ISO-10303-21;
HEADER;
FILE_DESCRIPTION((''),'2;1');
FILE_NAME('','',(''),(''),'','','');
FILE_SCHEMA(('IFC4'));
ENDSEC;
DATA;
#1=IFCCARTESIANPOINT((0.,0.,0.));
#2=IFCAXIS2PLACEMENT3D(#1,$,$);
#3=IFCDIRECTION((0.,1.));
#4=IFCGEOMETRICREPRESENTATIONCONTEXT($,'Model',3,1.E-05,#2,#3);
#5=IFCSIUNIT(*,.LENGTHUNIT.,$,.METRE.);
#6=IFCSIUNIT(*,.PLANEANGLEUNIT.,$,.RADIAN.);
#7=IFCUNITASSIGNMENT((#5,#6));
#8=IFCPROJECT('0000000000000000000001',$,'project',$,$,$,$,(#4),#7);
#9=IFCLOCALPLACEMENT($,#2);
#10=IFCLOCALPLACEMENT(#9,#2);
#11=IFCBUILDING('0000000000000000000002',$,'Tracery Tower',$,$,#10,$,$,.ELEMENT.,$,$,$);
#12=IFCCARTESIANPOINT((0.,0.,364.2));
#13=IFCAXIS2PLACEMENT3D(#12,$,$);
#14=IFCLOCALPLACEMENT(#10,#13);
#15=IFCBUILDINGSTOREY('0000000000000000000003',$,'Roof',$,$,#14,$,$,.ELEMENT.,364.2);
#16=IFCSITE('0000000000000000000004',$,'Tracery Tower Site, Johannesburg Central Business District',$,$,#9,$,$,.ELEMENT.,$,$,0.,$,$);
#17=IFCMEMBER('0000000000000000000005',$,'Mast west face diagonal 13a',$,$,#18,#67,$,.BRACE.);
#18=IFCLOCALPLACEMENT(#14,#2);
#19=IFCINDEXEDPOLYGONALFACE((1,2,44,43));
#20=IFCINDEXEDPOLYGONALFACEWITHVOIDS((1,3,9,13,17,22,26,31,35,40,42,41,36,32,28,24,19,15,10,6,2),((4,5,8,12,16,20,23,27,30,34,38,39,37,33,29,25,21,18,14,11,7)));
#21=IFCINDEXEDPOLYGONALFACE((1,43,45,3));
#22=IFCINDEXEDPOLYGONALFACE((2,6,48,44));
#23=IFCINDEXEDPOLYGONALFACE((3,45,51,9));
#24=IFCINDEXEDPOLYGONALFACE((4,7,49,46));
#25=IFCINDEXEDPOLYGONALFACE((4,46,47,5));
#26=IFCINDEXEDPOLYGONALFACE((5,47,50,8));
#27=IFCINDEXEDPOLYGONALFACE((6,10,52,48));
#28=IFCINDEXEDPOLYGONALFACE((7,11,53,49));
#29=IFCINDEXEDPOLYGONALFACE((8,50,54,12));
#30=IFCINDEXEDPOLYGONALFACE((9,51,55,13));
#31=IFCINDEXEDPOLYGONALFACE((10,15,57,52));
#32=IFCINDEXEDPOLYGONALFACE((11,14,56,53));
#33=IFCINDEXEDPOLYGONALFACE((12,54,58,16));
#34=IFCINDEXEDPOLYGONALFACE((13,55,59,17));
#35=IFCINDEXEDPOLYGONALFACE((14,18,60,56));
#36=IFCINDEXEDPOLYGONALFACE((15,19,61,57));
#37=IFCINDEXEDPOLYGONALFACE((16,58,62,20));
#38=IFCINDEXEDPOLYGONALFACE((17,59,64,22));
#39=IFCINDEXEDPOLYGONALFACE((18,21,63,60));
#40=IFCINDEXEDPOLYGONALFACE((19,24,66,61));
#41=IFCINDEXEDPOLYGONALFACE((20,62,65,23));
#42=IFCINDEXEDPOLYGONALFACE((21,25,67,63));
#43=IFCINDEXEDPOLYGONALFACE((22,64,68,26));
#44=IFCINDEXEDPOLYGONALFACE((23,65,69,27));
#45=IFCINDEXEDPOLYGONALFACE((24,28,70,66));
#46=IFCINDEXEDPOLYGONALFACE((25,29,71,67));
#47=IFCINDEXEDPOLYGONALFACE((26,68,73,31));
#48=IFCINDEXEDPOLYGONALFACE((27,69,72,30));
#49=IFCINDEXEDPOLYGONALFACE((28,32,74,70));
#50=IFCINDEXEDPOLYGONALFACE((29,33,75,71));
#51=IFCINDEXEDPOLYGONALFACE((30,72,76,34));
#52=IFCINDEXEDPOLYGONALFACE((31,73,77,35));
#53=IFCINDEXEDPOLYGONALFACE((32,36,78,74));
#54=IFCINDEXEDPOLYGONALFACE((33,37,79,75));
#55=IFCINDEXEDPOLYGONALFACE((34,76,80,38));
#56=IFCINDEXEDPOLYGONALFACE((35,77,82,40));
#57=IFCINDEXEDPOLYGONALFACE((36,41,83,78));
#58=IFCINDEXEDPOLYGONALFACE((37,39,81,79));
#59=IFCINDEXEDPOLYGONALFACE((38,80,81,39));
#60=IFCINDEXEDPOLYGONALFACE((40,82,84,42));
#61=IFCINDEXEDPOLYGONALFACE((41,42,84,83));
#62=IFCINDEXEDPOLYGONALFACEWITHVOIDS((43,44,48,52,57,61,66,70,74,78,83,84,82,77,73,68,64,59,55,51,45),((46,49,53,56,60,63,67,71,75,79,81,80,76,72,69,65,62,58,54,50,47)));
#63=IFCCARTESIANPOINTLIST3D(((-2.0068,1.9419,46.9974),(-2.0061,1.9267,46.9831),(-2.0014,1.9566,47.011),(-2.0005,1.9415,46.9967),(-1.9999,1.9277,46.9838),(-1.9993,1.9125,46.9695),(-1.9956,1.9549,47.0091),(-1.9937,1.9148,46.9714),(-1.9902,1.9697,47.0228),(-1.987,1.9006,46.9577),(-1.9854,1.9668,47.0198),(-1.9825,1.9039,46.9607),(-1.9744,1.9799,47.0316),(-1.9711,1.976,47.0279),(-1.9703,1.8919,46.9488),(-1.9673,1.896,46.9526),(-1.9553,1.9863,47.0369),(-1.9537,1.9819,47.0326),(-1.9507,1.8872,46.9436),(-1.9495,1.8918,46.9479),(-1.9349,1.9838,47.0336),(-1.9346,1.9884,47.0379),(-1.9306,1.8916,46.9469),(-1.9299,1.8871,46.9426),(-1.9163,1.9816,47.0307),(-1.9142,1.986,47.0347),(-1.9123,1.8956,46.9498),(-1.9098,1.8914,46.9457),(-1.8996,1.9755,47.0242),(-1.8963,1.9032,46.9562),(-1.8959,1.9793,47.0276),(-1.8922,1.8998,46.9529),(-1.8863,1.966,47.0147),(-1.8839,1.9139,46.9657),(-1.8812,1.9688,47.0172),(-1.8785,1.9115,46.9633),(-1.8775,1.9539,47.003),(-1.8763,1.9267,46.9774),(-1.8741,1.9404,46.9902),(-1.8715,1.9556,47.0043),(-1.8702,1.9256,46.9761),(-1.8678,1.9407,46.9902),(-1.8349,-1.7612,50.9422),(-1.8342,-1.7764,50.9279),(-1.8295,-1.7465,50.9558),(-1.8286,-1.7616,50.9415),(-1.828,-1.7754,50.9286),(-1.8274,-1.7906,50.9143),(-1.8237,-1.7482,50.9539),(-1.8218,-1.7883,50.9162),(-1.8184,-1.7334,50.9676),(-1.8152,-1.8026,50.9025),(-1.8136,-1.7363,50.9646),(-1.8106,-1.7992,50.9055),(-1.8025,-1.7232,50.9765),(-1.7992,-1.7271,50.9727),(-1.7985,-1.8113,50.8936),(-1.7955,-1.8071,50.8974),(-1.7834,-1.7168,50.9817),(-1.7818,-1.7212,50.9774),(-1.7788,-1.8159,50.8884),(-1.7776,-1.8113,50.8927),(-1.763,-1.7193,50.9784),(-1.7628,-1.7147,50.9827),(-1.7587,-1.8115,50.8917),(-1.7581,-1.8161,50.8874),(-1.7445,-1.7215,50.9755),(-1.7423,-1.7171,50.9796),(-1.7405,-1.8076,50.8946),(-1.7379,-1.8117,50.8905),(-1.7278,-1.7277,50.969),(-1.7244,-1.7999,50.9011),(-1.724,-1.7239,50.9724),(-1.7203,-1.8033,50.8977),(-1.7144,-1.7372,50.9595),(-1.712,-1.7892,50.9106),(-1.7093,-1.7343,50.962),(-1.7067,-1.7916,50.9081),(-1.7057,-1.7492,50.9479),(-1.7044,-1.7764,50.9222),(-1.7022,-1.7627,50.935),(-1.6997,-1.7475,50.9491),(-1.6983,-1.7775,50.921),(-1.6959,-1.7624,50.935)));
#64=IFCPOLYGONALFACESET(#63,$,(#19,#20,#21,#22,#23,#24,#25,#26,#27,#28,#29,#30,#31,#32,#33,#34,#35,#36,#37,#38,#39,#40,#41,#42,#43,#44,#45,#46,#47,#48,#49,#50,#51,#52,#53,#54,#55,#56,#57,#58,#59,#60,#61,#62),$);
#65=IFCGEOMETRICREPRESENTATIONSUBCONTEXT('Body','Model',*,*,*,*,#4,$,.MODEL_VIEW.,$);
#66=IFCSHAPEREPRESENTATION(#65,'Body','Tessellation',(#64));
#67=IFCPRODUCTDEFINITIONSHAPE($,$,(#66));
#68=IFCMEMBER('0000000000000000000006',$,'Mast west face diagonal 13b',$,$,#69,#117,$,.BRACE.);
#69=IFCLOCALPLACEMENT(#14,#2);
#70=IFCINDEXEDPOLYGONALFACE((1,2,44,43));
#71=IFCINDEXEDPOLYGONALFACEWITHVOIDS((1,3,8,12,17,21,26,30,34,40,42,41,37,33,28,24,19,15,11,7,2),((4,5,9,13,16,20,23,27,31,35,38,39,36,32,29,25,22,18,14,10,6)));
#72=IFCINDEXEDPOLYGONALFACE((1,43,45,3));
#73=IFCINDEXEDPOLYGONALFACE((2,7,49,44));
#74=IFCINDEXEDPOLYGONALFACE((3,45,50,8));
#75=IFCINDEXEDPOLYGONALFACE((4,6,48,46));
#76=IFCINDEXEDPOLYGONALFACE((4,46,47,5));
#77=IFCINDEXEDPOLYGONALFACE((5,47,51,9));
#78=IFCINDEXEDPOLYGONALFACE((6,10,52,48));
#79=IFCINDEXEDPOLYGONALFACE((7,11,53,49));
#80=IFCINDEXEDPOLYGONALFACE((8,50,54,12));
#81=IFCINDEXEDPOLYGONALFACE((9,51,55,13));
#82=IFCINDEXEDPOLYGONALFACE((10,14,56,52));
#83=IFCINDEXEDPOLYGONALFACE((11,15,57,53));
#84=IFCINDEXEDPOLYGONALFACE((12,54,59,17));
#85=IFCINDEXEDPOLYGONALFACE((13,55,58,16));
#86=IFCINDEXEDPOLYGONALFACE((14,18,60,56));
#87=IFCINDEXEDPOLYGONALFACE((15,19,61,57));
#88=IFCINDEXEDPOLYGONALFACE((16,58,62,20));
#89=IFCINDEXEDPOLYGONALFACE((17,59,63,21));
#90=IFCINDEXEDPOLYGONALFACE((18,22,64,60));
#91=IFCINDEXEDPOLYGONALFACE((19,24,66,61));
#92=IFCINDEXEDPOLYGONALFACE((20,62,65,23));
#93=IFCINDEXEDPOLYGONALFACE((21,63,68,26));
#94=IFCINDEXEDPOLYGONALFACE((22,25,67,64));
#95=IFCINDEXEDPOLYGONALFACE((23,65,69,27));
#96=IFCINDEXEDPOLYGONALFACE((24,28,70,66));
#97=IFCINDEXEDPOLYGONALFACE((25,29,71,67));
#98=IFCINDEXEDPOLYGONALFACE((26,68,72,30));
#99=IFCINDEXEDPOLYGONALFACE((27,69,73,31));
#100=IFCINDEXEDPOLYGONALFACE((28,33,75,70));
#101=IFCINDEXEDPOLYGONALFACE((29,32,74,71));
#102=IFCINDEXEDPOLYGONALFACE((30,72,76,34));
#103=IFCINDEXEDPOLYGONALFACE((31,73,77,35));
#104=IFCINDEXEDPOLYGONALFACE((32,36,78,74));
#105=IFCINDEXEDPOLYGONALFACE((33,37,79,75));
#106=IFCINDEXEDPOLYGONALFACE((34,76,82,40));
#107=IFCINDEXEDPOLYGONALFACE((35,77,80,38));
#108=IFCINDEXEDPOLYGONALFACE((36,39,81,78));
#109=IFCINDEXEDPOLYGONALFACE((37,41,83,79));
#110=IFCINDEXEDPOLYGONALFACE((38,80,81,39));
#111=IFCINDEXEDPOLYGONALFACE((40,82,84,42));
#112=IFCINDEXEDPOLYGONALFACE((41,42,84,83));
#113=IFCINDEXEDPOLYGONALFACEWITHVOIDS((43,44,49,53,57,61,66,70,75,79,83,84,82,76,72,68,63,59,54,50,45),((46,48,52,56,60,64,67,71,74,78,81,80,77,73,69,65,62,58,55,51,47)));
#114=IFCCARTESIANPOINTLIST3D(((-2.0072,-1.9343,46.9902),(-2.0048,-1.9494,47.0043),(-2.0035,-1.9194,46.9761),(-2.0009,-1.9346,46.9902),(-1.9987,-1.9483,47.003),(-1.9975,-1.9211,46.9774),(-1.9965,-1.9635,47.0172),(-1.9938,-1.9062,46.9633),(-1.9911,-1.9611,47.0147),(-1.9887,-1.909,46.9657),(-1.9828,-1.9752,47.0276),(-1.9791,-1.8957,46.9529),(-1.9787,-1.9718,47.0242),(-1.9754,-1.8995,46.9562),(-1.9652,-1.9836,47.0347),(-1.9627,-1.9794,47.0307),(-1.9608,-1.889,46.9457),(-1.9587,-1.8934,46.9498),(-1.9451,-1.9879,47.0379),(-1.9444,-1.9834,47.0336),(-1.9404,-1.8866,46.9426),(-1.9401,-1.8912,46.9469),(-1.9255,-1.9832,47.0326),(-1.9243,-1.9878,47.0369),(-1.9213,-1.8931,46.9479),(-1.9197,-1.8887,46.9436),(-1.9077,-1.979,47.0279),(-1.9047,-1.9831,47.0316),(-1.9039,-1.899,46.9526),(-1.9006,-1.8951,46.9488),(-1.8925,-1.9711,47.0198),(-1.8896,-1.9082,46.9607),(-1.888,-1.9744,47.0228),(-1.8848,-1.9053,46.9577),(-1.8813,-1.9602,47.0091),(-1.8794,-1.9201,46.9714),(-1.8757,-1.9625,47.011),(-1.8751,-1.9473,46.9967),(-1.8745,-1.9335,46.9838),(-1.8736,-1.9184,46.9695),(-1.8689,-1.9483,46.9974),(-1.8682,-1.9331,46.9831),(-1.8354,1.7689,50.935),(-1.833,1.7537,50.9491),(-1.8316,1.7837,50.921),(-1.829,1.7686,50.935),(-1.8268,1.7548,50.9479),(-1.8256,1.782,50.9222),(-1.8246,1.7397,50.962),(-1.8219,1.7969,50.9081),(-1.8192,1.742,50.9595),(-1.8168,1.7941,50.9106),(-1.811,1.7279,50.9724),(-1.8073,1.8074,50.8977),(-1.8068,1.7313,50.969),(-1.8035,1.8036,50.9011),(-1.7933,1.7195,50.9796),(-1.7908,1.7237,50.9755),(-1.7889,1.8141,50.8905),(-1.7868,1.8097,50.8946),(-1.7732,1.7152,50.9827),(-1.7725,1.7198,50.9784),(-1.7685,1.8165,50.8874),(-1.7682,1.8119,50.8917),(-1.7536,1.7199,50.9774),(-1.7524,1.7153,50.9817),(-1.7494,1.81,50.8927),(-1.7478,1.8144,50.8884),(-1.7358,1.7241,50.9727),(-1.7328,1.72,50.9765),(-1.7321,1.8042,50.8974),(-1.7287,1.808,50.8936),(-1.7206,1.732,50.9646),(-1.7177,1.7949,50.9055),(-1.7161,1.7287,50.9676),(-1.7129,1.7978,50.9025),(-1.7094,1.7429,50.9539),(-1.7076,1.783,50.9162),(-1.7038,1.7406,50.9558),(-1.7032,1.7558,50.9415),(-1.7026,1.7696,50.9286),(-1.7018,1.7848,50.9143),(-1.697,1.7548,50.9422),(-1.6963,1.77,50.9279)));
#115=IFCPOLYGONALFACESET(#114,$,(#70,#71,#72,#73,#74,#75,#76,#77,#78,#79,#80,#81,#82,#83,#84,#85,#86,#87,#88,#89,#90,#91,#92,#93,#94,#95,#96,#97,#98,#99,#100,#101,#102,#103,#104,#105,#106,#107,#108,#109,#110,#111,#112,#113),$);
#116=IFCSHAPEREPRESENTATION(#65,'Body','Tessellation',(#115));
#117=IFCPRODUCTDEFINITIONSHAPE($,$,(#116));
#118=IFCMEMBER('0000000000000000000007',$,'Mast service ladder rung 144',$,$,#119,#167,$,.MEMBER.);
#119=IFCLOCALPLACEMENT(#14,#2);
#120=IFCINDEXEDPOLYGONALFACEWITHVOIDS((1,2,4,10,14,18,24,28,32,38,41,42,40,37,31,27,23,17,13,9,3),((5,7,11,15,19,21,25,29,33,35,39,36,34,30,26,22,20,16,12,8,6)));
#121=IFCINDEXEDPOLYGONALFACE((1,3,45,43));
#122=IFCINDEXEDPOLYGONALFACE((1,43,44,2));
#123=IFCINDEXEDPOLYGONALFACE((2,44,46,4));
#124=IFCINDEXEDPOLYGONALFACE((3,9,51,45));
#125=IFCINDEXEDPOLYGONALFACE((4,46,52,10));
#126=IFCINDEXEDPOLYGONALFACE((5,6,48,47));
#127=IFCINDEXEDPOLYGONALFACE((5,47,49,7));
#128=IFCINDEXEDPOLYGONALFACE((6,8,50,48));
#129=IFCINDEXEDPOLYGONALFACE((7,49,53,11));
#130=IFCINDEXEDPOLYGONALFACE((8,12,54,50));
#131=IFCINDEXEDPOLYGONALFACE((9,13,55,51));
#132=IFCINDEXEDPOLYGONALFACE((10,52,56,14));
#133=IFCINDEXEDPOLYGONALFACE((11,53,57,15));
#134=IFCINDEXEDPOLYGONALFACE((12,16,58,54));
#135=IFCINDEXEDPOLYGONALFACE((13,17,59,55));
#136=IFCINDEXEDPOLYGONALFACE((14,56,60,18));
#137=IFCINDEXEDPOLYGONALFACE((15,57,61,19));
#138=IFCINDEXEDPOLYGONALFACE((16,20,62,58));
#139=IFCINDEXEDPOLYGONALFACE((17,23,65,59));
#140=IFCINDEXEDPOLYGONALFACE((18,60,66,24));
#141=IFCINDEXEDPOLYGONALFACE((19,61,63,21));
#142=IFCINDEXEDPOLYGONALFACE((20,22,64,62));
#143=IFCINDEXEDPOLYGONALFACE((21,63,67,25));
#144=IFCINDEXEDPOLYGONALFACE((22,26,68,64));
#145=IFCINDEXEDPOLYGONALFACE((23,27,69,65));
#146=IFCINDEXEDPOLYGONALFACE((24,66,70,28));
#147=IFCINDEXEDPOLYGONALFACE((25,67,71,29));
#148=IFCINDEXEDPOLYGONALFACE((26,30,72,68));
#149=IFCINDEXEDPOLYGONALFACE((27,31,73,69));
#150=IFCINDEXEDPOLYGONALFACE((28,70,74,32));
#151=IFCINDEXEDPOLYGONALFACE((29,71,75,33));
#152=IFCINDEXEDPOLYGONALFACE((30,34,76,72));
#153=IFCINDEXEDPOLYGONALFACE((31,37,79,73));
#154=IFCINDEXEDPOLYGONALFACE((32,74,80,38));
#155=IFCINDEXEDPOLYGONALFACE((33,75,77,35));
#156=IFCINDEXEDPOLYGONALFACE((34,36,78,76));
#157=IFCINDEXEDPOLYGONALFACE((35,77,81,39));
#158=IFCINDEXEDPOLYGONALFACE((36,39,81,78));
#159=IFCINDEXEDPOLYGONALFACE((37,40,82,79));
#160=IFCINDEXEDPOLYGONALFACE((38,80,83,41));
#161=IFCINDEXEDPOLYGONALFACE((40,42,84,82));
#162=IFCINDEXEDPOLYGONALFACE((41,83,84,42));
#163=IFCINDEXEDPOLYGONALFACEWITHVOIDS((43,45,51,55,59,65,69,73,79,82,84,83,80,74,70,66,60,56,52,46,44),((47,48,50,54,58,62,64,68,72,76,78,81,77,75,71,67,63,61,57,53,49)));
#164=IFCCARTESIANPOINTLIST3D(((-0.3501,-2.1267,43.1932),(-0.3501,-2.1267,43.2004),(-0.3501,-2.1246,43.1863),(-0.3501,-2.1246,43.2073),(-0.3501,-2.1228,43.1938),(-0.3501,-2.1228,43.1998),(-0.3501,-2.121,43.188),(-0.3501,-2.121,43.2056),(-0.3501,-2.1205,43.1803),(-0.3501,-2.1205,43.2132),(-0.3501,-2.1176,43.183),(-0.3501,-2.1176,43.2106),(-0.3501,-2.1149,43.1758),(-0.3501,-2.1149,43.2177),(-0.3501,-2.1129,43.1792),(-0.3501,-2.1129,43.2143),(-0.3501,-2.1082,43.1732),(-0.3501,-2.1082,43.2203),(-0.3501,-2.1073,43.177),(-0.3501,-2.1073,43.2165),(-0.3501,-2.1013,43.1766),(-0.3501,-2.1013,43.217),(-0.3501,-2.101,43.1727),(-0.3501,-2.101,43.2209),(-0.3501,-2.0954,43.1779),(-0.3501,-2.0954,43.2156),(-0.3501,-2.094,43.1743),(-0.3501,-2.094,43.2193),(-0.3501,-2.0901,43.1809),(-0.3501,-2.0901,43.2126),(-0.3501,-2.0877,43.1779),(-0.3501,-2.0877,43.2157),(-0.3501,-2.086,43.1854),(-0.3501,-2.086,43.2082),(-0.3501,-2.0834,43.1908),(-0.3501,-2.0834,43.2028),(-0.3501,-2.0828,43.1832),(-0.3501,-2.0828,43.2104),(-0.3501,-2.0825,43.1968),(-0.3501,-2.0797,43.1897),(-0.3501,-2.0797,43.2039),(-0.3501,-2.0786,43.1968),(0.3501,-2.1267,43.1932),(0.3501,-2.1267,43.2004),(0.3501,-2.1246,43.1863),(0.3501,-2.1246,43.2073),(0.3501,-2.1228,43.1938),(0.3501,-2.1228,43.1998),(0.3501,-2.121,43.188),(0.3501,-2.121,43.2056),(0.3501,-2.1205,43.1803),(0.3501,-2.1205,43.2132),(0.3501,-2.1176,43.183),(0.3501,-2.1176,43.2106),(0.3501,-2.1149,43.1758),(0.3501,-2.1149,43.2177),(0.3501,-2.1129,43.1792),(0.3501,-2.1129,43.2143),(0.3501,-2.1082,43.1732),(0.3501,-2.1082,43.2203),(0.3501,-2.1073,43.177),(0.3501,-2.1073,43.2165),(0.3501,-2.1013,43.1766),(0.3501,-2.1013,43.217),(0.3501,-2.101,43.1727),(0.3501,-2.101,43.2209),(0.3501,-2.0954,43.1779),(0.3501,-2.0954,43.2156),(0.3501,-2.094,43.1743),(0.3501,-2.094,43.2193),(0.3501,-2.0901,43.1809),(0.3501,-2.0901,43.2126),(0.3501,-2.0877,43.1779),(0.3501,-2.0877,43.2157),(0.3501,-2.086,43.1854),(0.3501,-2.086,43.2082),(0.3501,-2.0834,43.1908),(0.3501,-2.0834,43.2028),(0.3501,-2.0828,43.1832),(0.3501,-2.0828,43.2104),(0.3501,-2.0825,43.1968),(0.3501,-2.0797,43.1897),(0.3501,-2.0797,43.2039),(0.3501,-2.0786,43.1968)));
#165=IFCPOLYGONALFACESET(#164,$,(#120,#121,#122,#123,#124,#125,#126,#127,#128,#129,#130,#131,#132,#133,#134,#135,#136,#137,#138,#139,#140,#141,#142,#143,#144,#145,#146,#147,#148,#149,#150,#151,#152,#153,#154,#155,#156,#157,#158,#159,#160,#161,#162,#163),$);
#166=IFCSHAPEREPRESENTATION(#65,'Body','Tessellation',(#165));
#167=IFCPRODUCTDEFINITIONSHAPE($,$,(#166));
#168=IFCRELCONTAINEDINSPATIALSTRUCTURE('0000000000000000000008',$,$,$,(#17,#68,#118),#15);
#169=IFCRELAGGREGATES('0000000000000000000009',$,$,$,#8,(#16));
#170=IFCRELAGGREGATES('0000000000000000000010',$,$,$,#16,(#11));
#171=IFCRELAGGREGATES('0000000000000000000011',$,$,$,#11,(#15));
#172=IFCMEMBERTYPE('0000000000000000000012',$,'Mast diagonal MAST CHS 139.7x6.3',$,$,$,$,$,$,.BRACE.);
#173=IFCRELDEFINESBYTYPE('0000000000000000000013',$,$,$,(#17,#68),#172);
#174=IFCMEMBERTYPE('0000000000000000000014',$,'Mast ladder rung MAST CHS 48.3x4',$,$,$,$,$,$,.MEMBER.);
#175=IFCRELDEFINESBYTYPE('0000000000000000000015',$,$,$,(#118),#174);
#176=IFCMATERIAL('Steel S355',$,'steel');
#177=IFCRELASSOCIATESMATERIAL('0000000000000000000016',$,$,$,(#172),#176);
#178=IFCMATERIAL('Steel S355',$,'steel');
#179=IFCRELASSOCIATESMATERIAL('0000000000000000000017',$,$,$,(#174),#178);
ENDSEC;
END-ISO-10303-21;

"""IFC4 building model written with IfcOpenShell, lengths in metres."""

from ifc_helpers import new_model, si_unit, direction, frame, origin, origin_2d, place, context, subcontext, project, spatial, hollow_circle, extrude, material, material_profile, profile_set, type_object, element, save


model = new_model("IFC4")

# Units and contexts
model_context = context("Model", 3, precision=1e-05, world=origin(), true_north=direction((0.0, 1.0)))
body_context = subcontext(model_context, "Body", "Model", "MODEL_VIEW")
ifc_project = project(units=[si_unit("LENGTHUNIT", "METRE"), si_unit("PLANEANGLEUNIT", "RADIAN")], contexts=[model_context])

# Site, building, storey
site_placement = place(None, origin())
site = spatial("IfcSite", under=ifc_project, at=site_placement, Name="Tracery Tower Site, Johannesburg Central Business District", CompositionType="ELEMENT", RefElevation=0.0)
building_placement = place(site_placement, origin())
building = spatial("IfcBuilding", under=site, at=building_placement, Name="Tracery Tower", CompositionType="ELEMENT")
storey_placement = place(building_placement, frame((0.0, 0.0, 364.2)))
storey = spatial("IfcBuildingStorey", under=building, at=storey_placement, Name="Roof", CompositionType="ELEMENT", Elevation=364.2)

# Members
ifc_material_1 = material(Name="Steel S355", Category="steel")
ifc_material_profile_1 = material_profile(ifc_material_1, hollow_circle(Radius=0.0698, WallThickness=0.0063, at=origin_2d()), Name="CHS 139.7x6.3")
ifc_profile_set_1 = profile_set([ifc_material_profile_1], Name="Steel S355")
member_type_1 = type_object("IfcMemberType", Name="Mast diagonal MAST CHS 139.7x6.3", PredefinedType="BRACE", material=ifc_profile_set_1)
for number, where, z_axis, x_axis, name in (
    (1, (-1.9375, 1.9375, 46.9902), (0.03175, -0.684073, 0.728722), (0.998925, 0.046364, 0.0), "Mast west face diagonal 13a"),
    (2, (-1.9375, -1.9375, 46.9902), (0.03175, 0.684073, 0.728722), (-0.998925, 0.046364, 0.0), "Mast west face diagonal 13b"),
):
    element("IfcMember", number, at=place(storey_placement, frame(where, z_axis=z_axis, x_axis=x_axis)), inside=storey, type_object=member_type_1, Name=name, PredefinedType="BRACE", context=body_context, shape_type="SweptSolid", body=[
        extrude(hollow_circle(Radius=0.0698, WallThickness=0.0063, at=origin_2d()), origin(), (0.0, 0.0, 1.0), 5.4133),
    ])
ifc_material_2 = material(Name="Steel S355", Category="steel")
ifc_material_profile_2 = material_profile(ifc_material_2, hollow_circle(Radius=0.0242, WallThickness=0.0039, at=origin_2d()), Name="CHS 48.3x4")
ifc_profile_set_2 = profile_set([ifc_material_profile_2], Name="Steel S355")
member_type_2 = type_object("IfcMemberType", Name="Mast ladder rung MAST CHS 48.3x4", PredefinedType="MEMBER", material=ifc_profile_set_2)
for number, where, z_axis, x_axis, name in (
    (3, (-0.3501, -2.1028, 43.1968), (1.0, 0.0, 0.0), (0.0, 1.0, 0.0), "Mast service ladder rung 144"),
):
    element("IfcMember", number, at=place(storey_placement, frame(where, z_axis=z_axis, x_axis=x_axis)), inside=storey, type_object=member_type_2, Name=name, PredefinedType="MEMBER", context=body_context, shape_type="SweptSolid", body=[
        extrude(hollow_circle(Radius=0.0242, WallThickness=0.0039, at=origin_2d()), origin(), (0.0, 0.0, 1.0), 0.7002),
    ])

save(model, "model.ifc")
